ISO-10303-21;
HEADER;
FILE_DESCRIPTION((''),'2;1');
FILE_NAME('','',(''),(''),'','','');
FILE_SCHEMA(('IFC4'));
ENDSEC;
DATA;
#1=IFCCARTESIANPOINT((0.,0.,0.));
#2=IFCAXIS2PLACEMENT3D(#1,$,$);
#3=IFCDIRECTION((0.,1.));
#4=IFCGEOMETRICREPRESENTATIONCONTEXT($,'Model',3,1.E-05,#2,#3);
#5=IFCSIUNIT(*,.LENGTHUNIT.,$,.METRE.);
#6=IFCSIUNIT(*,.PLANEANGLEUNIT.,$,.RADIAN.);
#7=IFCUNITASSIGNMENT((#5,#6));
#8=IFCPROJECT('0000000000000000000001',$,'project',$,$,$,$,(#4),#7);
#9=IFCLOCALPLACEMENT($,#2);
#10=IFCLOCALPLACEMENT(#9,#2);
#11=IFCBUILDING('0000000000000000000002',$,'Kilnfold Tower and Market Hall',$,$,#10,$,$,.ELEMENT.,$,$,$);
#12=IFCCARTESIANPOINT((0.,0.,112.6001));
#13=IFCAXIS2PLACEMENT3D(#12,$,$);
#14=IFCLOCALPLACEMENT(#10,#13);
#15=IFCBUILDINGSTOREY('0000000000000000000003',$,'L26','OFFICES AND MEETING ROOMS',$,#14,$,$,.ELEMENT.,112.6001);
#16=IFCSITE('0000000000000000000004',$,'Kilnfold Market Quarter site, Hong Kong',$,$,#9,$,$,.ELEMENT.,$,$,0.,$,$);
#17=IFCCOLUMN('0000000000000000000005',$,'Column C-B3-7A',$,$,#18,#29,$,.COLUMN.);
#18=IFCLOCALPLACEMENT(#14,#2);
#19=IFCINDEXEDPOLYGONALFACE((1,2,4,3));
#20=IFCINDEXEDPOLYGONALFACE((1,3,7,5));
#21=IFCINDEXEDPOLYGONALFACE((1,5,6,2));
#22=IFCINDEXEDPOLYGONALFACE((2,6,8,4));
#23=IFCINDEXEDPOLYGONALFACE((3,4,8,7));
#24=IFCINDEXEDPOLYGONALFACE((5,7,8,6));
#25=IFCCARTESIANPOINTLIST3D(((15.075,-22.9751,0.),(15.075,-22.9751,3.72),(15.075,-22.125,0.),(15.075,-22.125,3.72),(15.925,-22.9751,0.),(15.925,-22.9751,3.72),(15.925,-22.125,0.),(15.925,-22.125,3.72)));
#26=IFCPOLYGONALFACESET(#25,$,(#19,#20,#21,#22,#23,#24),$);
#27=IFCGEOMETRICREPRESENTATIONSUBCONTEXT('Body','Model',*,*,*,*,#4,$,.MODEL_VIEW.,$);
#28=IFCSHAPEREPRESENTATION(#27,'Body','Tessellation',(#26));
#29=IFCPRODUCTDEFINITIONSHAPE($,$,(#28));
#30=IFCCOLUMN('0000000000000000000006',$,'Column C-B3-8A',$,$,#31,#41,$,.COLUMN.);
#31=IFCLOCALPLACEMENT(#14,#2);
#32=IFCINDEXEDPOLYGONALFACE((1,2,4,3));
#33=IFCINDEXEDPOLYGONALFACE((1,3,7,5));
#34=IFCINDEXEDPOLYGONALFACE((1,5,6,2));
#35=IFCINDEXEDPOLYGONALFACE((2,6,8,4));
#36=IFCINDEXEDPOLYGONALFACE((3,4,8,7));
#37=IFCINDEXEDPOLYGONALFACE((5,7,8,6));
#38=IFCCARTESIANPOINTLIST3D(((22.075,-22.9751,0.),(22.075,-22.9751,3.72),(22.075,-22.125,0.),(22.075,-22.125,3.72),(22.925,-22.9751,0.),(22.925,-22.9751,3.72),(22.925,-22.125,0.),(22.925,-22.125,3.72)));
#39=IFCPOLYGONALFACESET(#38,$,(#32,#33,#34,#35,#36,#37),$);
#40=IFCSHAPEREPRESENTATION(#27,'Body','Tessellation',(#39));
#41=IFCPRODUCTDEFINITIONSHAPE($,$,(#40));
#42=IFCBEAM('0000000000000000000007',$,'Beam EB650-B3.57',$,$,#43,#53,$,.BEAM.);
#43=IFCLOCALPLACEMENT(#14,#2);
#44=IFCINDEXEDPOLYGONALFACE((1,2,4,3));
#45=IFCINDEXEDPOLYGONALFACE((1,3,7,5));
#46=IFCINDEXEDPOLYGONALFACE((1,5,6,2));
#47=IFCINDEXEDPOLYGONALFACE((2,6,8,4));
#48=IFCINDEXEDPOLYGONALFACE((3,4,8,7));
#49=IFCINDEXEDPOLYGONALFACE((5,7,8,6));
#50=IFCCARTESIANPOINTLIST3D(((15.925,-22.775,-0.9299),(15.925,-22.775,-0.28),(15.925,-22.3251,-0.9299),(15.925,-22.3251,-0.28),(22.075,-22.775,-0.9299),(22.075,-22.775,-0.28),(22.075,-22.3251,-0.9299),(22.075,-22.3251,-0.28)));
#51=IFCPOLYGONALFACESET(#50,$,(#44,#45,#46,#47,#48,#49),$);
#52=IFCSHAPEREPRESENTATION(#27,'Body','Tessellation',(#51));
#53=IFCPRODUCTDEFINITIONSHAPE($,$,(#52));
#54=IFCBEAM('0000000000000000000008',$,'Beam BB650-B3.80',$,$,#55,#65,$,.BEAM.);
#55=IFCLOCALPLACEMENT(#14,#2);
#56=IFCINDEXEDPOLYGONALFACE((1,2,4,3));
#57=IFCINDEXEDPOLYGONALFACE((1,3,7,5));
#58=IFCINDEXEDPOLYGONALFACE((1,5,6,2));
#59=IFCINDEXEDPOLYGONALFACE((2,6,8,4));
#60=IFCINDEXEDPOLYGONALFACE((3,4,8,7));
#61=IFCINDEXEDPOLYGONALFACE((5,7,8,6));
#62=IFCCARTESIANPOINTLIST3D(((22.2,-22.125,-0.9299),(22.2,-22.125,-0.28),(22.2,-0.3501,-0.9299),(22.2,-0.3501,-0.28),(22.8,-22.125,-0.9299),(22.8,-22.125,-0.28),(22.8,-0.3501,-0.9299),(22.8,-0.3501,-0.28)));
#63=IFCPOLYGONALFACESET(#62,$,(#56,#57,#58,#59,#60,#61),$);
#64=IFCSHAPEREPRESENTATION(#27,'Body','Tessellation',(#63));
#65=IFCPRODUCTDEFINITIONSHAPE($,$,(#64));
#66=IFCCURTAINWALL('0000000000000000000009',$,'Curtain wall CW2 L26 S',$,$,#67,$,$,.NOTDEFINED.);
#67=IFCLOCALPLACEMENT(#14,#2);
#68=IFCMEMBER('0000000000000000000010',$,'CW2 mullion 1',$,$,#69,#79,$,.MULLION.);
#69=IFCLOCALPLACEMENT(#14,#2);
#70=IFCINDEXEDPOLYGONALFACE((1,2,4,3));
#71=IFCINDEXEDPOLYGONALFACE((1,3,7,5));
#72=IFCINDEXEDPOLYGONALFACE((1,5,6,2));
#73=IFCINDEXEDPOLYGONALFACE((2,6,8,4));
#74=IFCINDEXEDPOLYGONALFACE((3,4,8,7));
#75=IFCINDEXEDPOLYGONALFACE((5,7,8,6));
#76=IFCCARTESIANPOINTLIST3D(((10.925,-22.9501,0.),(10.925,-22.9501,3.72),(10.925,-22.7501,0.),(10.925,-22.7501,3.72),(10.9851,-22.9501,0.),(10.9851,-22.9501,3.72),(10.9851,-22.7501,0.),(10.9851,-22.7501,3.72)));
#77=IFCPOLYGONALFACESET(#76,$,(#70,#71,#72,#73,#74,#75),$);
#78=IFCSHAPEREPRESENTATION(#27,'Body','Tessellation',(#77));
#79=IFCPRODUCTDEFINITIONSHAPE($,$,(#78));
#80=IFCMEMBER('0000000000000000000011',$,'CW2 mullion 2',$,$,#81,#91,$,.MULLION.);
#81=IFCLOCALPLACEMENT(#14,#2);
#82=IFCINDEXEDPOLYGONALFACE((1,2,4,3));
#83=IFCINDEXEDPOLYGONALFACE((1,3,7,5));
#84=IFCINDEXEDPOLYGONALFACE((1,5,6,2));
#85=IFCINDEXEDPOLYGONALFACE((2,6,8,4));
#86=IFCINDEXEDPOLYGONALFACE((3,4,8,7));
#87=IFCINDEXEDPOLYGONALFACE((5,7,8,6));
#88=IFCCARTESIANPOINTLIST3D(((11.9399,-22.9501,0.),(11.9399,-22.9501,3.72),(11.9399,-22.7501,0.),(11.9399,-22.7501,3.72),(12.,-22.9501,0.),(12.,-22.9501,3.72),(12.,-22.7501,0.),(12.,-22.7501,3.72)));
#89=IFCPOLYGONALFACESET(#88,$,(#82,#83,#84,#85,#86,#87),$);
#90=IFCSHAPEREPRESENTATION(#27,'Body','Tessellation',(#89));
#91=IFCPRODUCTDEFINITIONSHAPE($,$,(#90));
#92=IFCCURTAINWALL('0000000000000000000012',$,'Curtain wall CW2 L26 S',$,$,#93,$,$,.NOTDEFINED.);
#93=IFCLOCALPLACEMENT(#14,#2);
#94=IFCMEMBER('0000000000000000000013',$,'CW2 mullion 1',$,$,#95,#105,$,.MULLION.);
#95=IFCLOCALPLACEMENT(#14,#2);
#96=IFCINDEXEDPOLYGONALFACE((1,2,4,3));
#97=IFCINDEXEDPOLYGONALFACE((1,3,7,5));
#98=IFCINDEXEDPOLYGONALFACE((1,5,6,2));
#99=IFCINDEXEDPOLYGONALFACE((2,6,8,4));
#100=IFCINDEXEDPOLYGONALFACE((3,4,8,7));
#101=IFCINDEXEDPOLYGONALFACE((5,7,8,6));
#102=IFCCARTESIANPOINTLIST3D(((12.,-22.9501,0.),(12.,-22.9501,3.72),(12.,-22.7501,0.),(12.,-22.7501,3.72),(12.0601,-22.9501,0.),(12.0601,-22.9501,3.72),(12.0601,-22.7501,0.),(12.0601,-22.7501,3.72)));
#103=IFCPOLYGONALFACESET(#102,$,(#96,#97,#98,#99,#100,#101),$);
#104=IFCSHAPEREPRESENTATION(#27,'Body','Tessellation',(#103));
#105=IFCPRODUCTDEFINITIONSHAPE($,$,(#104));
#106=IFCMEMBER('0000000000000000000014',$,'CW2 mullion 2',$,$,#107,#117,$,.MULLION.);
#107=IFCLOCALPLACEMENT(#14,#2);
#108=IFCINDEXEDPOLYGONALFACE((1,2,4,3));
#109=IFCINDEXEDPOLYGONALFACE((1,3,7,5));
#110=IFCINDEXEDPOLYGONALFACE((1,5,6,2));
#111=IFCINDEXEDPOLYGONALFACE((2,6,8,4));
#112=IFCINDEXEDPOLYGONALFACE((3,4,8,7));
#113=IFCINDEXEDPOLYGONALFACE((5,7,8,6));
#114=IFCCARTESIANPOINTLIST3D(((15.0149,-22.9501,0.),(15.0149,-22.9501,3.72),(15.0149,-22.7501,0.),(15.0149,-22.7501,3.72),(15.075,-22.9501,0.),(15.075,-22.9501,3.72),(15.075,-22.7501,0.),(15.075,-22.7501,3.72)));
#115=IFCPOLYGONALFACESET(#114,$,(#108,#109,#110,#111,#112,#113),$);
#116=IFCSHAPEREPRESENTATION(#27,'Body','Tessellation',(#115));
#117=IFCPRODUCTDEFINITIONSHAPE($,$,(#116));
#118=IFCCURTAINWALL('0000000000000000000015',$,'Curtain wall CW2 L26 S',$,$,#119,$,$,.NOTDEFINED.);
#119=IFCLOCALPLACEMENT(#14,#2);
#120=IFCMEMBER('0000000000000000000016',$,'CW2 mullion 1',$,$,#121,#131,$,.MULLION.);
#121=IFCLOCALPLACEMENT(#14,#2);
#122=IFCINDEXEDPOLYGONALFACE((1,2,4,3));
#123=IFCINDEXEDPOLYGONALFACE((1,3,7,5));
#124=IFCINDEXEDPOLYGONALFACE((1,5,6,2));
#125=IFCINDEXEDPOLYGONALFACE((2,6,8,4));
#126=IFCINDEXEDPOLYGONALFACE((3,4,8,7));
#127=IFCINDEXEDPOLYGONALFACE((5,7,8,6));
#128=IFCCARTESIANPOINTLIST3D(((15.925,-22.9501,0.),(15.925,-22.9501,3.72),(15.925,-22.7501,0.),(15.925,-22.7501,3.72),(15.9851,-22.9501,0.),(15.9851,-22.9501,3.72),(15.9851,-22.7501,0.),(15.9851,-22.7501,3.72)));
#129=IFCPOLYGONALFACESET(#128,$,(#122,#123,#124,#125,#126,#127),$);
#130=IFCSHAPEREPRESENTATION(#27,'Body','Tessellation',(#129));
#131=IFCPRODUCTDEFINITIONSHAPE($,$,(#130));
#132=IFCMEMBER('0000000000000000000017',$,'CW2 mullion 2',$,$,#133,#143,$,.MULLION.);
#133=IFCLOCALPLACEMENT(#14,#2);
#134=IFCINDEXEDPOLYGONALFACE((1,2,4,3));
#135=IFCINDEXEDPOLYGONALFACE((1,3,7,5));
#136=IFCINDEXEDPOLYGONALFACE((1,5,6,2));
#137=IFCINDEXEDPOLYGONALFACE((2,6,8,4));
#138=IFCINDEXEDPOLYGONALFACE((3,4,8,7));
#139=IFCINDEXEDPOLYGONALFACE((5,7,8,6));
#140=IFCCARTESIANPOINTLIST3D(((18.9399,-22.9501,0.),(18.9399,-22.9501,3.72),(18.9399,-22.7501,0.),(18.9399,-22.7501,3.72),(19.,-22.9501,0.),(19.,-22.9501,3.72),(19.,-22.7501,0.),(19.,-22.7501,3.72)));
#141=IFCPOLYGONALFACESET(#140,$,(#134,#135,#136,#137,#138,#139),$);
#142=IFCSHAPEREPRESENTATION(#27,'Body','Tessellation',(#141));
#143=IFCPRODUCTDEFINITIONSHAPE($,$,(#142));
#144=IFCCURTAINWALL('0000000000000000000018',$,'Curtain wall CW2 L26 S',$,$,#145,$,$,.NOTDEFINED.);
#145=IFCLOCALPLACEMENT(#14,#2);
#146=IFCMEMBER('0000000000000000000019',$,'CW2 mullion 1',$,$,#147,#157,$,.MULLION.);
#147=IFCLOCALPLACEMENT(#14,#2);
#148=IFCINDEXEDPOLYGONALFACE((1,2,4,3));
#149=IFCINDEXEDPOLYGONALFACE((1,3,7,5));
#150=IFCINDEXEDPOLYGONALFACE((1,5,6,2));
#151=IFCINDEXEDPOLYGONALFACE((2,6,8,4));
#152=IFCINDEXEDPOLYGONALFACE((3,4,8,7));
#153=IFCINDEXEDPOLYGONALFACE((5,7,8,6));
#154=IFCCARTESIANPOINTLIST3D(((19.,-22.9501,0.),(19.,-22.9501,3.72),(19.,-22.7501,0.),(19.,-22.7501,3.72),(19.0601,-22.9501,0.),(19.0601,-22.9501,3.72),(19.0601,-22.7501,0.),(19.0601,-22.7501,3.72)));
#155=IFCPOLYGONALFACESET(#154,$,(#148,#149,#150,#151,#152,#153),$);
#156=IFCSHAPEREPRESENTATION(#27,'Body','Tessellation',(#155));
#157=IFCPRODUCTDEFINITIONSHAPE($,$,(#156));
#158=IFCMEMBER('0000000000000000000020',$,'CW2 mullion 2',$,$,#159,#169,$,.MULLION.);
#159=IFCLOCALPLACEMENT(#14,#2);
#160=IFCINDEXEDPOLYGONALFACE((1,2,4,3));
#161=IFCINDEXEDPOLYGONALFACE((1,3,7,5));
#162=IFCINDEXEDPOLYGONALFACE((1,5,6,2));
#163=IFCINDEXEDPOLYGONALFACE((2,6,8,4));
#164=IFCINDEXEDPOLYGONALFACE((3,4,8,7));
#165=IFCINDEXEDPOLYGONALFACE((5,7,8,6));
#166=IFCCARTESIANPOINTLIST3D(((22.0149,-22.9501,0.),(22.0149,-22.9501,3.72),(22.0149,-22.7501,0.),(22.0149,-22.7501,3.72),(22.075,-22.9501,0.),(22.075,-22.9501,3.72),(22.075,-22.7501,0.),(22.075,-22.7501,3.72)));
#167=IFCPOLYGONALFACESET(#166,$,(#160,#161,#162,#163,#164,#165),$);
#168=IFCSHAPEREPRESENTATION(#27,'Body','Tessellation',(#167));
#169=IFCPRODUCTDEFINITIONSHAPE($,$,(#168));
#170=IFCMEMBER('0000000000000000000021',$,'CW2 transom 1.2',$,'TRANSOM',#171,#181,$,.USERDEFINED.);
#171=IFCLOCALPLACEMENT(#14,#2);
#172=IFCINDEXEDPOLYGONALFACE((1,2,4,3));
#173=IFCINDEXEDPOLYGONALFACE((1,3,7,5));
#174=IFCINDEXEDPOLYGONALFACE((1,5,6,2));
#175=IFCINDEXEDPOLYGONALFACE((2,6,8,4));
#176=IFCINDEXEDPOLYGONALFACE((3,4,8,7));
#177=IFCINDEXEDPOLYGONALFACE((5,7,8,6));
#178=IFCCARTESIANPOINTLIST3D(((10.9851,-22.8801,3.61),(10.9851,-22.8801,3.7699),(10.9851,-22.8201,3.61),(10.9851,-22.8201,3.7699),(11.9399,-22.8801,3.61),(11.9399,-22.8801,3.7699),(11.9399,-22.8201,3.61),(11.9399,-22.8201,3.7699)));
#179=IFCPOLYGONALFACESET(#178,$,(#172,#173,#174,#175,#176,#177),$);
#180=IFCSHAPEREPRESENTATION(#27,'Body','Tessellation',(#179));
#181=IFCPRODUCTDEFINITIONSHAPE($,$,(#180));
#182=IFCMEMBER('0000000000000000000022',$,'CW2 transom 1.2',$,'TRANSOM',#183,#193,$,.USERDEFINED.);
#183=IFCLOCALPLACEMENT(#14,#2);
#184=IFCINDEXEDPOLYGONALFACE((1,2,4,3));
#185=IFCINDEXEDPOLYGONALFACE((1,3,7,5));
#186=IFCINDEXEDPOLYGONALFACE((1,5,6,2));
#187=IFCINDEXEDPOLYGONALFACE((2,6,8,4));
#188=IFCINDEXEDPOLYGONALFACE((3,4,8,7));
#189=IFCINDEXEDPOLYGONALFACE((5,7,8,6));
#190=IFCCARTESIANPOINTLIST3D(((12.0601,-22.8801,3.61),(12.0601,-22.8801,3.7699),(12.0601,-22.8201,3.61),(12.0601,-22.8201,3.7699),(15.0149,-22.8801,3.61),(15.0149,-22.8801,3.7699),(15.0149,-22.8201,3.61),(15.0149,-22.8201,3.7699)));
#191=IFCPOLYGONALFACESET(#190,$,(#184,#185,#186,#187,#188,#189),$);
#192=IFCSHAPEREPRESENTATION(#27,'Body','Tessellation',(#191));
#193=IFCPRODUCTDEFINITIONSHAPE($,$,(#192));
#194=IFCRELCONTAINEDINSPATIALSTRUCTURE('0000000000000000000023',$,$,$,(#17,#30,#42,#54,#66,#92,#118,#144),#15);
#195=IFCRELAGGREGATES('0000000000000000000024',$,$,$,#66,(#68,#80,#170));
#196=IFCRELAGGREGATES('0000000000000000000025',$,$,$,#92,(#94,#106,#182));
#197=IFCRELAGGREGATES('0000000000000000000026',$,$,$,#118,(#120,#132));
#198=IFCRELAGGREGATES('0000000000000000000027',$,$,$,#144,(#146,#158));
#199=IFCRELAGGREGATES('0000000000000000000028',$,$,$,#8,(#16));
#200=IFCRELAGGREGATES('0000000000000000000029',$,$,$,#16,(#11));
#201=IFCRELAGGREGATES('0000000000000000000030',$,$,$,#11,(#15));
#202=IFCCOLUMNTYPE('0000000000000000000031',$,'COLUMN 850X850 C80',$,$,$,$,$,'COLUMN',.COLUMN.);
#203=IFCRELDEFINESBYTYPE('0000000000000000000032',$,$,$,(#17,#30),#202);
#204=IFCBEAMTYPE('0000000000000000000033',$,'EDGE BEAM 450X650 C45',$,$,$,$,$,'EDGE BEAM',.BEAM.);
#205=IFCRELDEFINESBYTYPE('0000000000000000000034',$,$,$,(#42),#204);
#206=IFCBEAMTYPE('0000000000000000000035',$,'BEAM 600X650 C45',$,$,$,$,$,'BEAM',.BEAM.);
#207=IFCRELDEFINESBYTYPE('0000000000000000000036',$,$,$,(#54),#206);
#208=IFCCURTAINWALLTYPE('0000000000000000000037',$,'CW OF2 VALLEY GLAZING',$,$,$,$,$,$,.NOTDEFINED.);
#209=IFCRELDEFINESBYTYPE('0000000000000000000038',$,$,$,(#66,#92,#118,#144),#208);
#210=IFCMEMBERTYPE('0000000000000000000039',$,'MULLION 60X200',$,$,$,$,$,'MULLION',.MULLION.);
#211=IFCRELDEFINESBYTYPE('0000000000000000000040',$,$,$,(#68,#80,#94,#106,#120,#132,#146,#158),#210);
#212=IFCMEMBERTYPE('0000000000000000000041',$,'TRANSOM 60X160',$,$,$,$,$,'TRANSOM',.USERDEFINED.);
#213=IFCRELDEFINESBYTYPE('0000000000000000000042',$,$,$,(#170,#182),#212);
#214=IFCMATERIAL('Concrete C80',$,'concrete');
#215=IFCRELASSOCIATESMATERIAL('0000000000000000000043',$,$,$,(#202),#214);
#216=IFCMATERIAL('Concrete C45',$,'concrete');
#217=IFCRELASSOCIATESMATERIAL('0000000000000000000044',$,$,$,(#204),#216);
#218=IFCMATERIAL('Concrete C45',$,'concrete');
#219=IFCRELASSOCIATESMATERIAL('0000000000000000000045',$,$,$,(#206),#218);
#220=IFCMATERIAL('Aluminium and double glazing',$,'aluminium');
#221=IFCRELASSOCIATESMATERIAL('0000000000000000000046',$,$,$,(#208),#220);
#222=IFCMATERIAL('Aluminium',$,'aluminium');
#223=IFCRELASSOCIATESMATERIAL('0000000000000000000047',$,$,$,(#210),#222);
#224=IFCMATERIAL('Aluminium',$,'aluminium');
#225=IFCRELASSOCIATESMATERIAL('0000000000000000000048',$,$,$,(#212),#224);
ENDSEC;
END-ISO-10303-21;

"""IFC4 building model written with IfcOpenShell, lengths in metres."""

from ifc_helpers import new_model, si_unit, direction, frame, origin, origin_2d, place, context, subcontext, project, spatial, rectangle, extrude, source, transform, mapped, material, material_profile, profile_set, type_object, element, aggregate, save


model = new_model("IFC4")

# Units and contexts
model_context = context("Model", 3, precision=1e-05, world=origin(), true_north=direction((0.0, 1.0)))
body_context = subcontext(model_context, "Body", "Model", "MODEL_VIEW")
ifc_project = project(units=[si_unit("LENGTHUNIT", "METRE"), si_unit("PLANEANGLEUNIT", "RADIAN")], contexts=[model_context])

# Site, building, storey
site_placement = place(None, origin())
site = spatial("IfcSite", under=ifc_project, at=site_placement, Name="Kilnfold Market Quarter site, Hong Kong", CompositionType="ELEMENT", RefElevation=0.0)
building_placement = place(site_placement, origin())
building = spatial("IfcBuilding", under=site, at=building_placement, Name="Kilnfold Tower and Market Hall", CompositionType="ELEMENT")
storey_placement = place(building_placement, frame((0.0, 0.0, 112.6001)))
storey = spatial("IfcBuildingStorey", under=building, at=storey_placement, Name="L26", Description="OFFICES AND MEETING ROOMS", CompositionType="ELEMENT", Elevation=112.6001)

# Columns
ifc_material_1 = material(Name="Concrete C80", Category="concrete")
ifc_material_profile_1 = material_profile(ifc_material_1, rectangle(XDim=0.8501, YDim=0.8501, at=origin_2d()), Name="RC 850x850")
ifc_profile_set_1 = profile_set([ifc_material_profile_1], Name="Concrete C80")
column_type = type_object("IfcColumnType", Name="COLUMN 850X850 C80", ElementType="COLUMN", PredefinedType="COLUMN", material=ifc_profile_set_1)
shared_shape_1 = source(origin(), body_context, "Body", "SweptSolid", [
    extrude(rectangle(XDim=0.8501, YDim=0.8501, at=origin_2d()), origin(), (0.0, 0.0, 1.0), 3.72),
])
for number, where, z_axis, x_axis, name in (
    (1, (15.5, -22.55, 0.0), (0.0, 0.0, 1.0), (1.0, 0.0, 0.0), "Column C-B3-7A"),
    (2, (22.5, -22.55, 0.0), (0.0, 0.0, 1.0), (1.0, 0.0, 0.0), "Column C-B3-8A"),
):
    element("IfcColumn", number, at=place(storey_placement, frame(where, z_axis=z_axis, x_axis=x_axis)), inside=storey, type_object=column_type, Name=name, PredefinedType="COLUMN", context=body_context, shape_type="MappedRepresentation", body=[
        mapped(shared_shape_1, transform((0.0, 0.0, 0.0))),
    ])

# Beams
ifc_material_2 = material(Name="Concrete C45", Category="concrete")
ifc_material_profile_2 = material_profile(ifc_material_2, rectangle(XDim=0.45, YDim=0.6499, at=origin_2d()), Name="RC 450x650")
ifc_profile_set_2 = profile_set([ifc_material_profile_2], Name="Concrete C45")
beam_type_1 = type_object("IfcBeamType", Name="EDGE BEAM 450X650 C45", ElementType="EDGE BEAM", PredefinedType="BEAM", material=ifc_profile_set_2)
shared_shape_2 = source(origin(), body_context, "Body", "SweptSolid", [
    extrude(rectangle(XDim=0.45, YDim=0.6499, at=origin_2d()), origin(), (0.0, 0.0, 1.0), 6.1499),
])
beam_1_placement = place(storey_placement, frame((15.925, -22.55, -0.605), z_axis=(1.0, 0.0, 0.0), x_axis=(0.0, 1.0, 0.0)))
element("IfcBeam", 3, at=beam_1_placement, inside=storey, type_object=beam_type_1, Name="Beam EB650-B3.57", PredefinedType="BEAM", context=body_context, shape_type="MappedRepresentation", body=[
    mapped(shared_shape_2, transform((0.0, 0.0, 0.0))),
])
ifc_material_3 = material(Name="Concrete C45", Category="concrete")
ifc_material_profile_3 = material_profile(ifc_material_3, rectangle(XDim=0.6001, YDim=0.6499, at=origin_2d()), Name="RC 600x650")
ifc_profile_set_3 = profile_set([ifc_material_profile_3], Name="Concrete C45")
beam_type_2 = type_object("IfcBeamType", Name="BEAM 600X650 C45", ElementType="BEAM", PredefinedType="BEAM", material=ifc_profile_set_3)
shared_shape_3 = source(origin(), body_context, "Body", "SweptSolid", [
    extrude(rectangle(XDim=0.6001, YDim=0.6499, at=origin_2d()), origin(), (0.0, 0.0, 1.0), 21.7749),
])
beam_2_placement = place(storey_placement, frame((22.5, -22.125, -0.605), z_axis=(0.0, 1.0, 0.0), x_axis=(-1.0, 0.0, 0.0)))
element("IfcBeam", 4, at=beam_2_placement, inside=storey, type_object=beam_type_2, Name="Beam BB650-B3.80", PredefinedType="BEAM", context=body_context, shape_type="MappedRepresentation", body=[
    mapped(shared_shape_3, transform((0.0, 0.0, 0.0))),
])

# Curtain walls, members
ifc_material_4 = material(Name="Aluminium and double glazing", Category="aluminium")
curtain_wall_type = type_object("IfcCurtainWallType", Name="CW OF2 VALLEY GLAZING", PredefinedType="NOTDEFINED", material=ifc_material_4)
curtain_wall_1_placement = place(storey_placement, origin())
curtain_wall_1 = element("IfcCurtainWall", 5, at=curtain_wall_1_placement, inside=storey, type_object=curtain_wall_type, Name="Curtain wall CW2 L26 S", PredefinedType="NOTDEFINED")
ifc_material_5 = material(Name="Aluminium", Category="aluminium")
ifc_material_profile_4 = material_profile(ifc_material_5, rectangle(XDim=0.0601, YDim=0.2, at=origin_2d()), Name="MULLION 60x200")
ifc_profile_set_4 = profile_set([ifc_material_profile_4], Name="Aluminium")
member_type_1 = type_object("IfcMemberType", Name="MULLION 60X200", ElementType="MULLION", PredefinedType="MULLION", material=ifc_profile_set_4)
shared_shape_4 = source(origin(), body_context, "Body", "SweptSolid", [
    extrude(rectangle(XDim=0.0601, YDim=0.2, at=origin_2d()), origin(), (0.0, 0.0, 1.0), 3.72),
])
member_1_placement = place(storey_placement, frame((10.9551, -22.8501, 0.0), z_axis=(0.0, 0.0, 1.0), x_axis=(1.0, 0.0, 0.0)))
member_1 = element("IfcMember", 6, at=member_1_placement, type_object=member_type_1, Name="CW2 mullion 1", PredefinedType="MULLION", context=body_context, shape_type="MappedRepresentation", body=[
    mapped(shared_shape_4, transform((0.0, 0.0, 0.0))),
])
member_2_placement = place(storey_placement, frame((11.97, -22.8501, 0.0), z_axis=(0.0, 0.0, 1.0), x_axis=(1.0, 0.0, 0.0)))
member_2 = element("IfcMember", 7, at=member_2_placement, type_object=member_type_1, Name="CW2 mullion 2", PredefinedType="MULLION", context=body_context, shape_type="MappedRepresentation", body=[
    mapped(shared_shape_4, transform((0.0, 0.0, 0.0))),
])
curtain_wall_2_placement = place(storey_placement, origin())
curtain_wall_2 = element("IfcCurtainWall", 8, at=curtain_wall_2_placement, inside=storey, type_object=curtain_wall_type, Name="Curtain wall CW2 L26 S", PredefinedType="NOTDEFINED")
member_3_placement = place(storey_placement, frame((12.03, -22.8501, 0.0), z_axis=(0.0, 0.0, 1.0), x_axis=(1.0, 0.0, 0.0)))
member_3 = element("IfcMember", 9, at=member_3_placement, type_object=member_type_1, Name="CW2 mullion 1", PredefinedType="MULLION", context=body_context, shape_type="MappedRepresentation", body=[
    mapped(shared_shape_4, transform((0.0, 0.0, 0.0))),
])
member_4_placement = place(storey_placement, frame((15.0449, -22.8501, 0.0), z_axis=(0.0, 0.0, 1.0), x_axis=(1.0, 0.0, 0.0)))
member_4 = element("IfcMember", 10, at=member_4_placement, type_object=member_type_1, Name="CW2 mullion 2", PredefinedType="MULLION", context=body_context, shape_type="MappedRepresentation", body=[
    mapped(shared_shape_4, transform((0.0, 0.0, 0.0))),
])
curtain_wall_3_placement = place(storey_placement, origin())
curtain_wall_3 = element("IfcCurtainWall", 11, at=curtain_wall_3_placement, inside=storey, type_object=curtain_wall_type, Name="Curtain wall CW2 L26 S", PredefinedType="NOTDEFINED")
member_5_placement = place(storey_placement, frame((15.9551, -22.8501, 0.0), z_axis=(0.0, 0.0, 1.0), x_axis=(1.0, 0.0, 0.0)))
member_5 = element("IfcMember", 12, at=member_5_placement, type_object=member_type_1, Name="CW2 mullion 1", PredefinedType="MULLION", context=body_context, shape_type="MappedRepresentation", body=[
    mapped(shared_shape_4, transform((0.0, 0.0, 0.0))),
])
member_6_placement = place(storey_placement, frame((18.97, -22.8501, 0.0), z_axis=(0.0, 0.0, 1.0), x_axis=(1.0, 0.0, 0.0)))
member_6 = element("IfcMember", 13, at=member_6_placement, type_object=member_type_1, Name="CW2 mullion 2", PredefinedType="MULLION", context=body_context, shape_type="MappedRepresentation", body=[
    mapped(shared_shape_4, transform((0.0, 0.0, 0.0))),
])
curtain_wall_4_placement = place(storey_placement, origin())
curtain_wall_4 = element("IfcCurtainWall", 14, at=curtain_wall_4_placement, inside=storey, type_object=curtain_wall_type, Name="Curtain wall CW2 L26 S", PredefinedType="NOTDEFINED")
member_7_placement = place(storey_placement, frame((19.03, -22.8501, 0.0), z_axis=(0.0, 0.0, 1.0), x_axis=(1.0, 0.0, 0.0)))
member_7 = element("IfcMember", 15, at=member_7_placement, type_object=member_type_1, Name="CW2 mullion 1", PredefinedType="MULLION", context=body_context, shape_type="MappedRepresentation", body=[
    mapped(shared_shape_4, transform((0.0, 0.0, 0.0))),
])
member_8_placement = place(storey_placement, frame((22.0449, -22.8501, 0.0), z_axis=(0.0, 0.0, 1.0), x_axis=(1.0, 0.0, 0.0)))
member_8 = element("IfcMember", 16, at=member_8_placement, type_object=member_type_1, Name="CW2 mullion 2", PredefinedType="MULLION", context=body_context, shape_type="MappedRepresentation", body=[
    mapped(shared_shape_4, transform((0.0, 0.0, 0.0))),
])

# Members
ifc_material_6 = material(Name="Aluminium", Category="aluminium")
ifc_material_profile_5 = material_profile(ifc_material_6, rectangle(XDim=0.0601, YDim=0.1599, at=origin_2d()), Name="TRANSOM 60x160")
ifc_profile_set_5 = profile_set([ifc_material_profile_5], Name="Aluminium")
member_type_2 = type_object("IfcMemberType", Name="TRANSOM 60X160", ElementType="TRANSOM", PredefinedType="USERDEFINED", material=ifc_profile_set_5)
shared_shape_5 = source(origin(), body_context, "Body", "SweptSolid", [
    extrude(rectangle(XDim=0.0601, YDim=0.1599, at=origin_2d()), origin(), (0.0, 0.0, 1.0), 0.9548),
])
member_9_placement = place(storey_placement, frame((10.9851, -22.8501, 3.6899), z_axis=(1.0, 0.0, 0.0), x_axis=(0.0, 1.0, 0.0)))
member_9 = element("IfcMember", 17, at=member_9_placement, type_object=member_type_2, Name="CW2 transom 1.2", ObjectType="TRANSOM", PredefinedType="USERDEFINED", context=body_context, shape_type="MappedRepresentation", body=[
    mapped(shared_shape_5, transform((0.0, 0.0, 0.0))),
])
shared_shape_6 = source(origin(), body_context, "Body", "SweptSolid", [
    extrude(rectangle(XDim=0.0601, YDim=0.1599, at=origin_2d()), origin(), (0.0, 0.0, 1.0), 2.9548),
])
member_10_placement = place(storey_placement, frame((12.0601, -22.8501, 3.6899), z_axis=(1.0, 0.0, 0.0), x_axis=(0.0, 1.0, 0.0)))
member_10 = element("IfcMember", 18, at=member_10_placement, type_object=member_type_2, Name="CW2 transom 1.2", ObjectType="TRANSOM", PredefinedType="USERDEFINED", context=body_context, shape_type="MappedRepresentation", body=[
    mapped(shared_shape_6, transform((0.0, 0.0, 0.0))),
])

aggregate(curtain_wall_1, [member_1, member_2, member_9])
aggregate(curtain_wall_2, [member_3, member_4, member_10])
aggregate(curtain_wall_3, [member_5, member_6])
aggregate(curtain_wall_4, [member_7, member_8])

save(model, "model.ifc")
